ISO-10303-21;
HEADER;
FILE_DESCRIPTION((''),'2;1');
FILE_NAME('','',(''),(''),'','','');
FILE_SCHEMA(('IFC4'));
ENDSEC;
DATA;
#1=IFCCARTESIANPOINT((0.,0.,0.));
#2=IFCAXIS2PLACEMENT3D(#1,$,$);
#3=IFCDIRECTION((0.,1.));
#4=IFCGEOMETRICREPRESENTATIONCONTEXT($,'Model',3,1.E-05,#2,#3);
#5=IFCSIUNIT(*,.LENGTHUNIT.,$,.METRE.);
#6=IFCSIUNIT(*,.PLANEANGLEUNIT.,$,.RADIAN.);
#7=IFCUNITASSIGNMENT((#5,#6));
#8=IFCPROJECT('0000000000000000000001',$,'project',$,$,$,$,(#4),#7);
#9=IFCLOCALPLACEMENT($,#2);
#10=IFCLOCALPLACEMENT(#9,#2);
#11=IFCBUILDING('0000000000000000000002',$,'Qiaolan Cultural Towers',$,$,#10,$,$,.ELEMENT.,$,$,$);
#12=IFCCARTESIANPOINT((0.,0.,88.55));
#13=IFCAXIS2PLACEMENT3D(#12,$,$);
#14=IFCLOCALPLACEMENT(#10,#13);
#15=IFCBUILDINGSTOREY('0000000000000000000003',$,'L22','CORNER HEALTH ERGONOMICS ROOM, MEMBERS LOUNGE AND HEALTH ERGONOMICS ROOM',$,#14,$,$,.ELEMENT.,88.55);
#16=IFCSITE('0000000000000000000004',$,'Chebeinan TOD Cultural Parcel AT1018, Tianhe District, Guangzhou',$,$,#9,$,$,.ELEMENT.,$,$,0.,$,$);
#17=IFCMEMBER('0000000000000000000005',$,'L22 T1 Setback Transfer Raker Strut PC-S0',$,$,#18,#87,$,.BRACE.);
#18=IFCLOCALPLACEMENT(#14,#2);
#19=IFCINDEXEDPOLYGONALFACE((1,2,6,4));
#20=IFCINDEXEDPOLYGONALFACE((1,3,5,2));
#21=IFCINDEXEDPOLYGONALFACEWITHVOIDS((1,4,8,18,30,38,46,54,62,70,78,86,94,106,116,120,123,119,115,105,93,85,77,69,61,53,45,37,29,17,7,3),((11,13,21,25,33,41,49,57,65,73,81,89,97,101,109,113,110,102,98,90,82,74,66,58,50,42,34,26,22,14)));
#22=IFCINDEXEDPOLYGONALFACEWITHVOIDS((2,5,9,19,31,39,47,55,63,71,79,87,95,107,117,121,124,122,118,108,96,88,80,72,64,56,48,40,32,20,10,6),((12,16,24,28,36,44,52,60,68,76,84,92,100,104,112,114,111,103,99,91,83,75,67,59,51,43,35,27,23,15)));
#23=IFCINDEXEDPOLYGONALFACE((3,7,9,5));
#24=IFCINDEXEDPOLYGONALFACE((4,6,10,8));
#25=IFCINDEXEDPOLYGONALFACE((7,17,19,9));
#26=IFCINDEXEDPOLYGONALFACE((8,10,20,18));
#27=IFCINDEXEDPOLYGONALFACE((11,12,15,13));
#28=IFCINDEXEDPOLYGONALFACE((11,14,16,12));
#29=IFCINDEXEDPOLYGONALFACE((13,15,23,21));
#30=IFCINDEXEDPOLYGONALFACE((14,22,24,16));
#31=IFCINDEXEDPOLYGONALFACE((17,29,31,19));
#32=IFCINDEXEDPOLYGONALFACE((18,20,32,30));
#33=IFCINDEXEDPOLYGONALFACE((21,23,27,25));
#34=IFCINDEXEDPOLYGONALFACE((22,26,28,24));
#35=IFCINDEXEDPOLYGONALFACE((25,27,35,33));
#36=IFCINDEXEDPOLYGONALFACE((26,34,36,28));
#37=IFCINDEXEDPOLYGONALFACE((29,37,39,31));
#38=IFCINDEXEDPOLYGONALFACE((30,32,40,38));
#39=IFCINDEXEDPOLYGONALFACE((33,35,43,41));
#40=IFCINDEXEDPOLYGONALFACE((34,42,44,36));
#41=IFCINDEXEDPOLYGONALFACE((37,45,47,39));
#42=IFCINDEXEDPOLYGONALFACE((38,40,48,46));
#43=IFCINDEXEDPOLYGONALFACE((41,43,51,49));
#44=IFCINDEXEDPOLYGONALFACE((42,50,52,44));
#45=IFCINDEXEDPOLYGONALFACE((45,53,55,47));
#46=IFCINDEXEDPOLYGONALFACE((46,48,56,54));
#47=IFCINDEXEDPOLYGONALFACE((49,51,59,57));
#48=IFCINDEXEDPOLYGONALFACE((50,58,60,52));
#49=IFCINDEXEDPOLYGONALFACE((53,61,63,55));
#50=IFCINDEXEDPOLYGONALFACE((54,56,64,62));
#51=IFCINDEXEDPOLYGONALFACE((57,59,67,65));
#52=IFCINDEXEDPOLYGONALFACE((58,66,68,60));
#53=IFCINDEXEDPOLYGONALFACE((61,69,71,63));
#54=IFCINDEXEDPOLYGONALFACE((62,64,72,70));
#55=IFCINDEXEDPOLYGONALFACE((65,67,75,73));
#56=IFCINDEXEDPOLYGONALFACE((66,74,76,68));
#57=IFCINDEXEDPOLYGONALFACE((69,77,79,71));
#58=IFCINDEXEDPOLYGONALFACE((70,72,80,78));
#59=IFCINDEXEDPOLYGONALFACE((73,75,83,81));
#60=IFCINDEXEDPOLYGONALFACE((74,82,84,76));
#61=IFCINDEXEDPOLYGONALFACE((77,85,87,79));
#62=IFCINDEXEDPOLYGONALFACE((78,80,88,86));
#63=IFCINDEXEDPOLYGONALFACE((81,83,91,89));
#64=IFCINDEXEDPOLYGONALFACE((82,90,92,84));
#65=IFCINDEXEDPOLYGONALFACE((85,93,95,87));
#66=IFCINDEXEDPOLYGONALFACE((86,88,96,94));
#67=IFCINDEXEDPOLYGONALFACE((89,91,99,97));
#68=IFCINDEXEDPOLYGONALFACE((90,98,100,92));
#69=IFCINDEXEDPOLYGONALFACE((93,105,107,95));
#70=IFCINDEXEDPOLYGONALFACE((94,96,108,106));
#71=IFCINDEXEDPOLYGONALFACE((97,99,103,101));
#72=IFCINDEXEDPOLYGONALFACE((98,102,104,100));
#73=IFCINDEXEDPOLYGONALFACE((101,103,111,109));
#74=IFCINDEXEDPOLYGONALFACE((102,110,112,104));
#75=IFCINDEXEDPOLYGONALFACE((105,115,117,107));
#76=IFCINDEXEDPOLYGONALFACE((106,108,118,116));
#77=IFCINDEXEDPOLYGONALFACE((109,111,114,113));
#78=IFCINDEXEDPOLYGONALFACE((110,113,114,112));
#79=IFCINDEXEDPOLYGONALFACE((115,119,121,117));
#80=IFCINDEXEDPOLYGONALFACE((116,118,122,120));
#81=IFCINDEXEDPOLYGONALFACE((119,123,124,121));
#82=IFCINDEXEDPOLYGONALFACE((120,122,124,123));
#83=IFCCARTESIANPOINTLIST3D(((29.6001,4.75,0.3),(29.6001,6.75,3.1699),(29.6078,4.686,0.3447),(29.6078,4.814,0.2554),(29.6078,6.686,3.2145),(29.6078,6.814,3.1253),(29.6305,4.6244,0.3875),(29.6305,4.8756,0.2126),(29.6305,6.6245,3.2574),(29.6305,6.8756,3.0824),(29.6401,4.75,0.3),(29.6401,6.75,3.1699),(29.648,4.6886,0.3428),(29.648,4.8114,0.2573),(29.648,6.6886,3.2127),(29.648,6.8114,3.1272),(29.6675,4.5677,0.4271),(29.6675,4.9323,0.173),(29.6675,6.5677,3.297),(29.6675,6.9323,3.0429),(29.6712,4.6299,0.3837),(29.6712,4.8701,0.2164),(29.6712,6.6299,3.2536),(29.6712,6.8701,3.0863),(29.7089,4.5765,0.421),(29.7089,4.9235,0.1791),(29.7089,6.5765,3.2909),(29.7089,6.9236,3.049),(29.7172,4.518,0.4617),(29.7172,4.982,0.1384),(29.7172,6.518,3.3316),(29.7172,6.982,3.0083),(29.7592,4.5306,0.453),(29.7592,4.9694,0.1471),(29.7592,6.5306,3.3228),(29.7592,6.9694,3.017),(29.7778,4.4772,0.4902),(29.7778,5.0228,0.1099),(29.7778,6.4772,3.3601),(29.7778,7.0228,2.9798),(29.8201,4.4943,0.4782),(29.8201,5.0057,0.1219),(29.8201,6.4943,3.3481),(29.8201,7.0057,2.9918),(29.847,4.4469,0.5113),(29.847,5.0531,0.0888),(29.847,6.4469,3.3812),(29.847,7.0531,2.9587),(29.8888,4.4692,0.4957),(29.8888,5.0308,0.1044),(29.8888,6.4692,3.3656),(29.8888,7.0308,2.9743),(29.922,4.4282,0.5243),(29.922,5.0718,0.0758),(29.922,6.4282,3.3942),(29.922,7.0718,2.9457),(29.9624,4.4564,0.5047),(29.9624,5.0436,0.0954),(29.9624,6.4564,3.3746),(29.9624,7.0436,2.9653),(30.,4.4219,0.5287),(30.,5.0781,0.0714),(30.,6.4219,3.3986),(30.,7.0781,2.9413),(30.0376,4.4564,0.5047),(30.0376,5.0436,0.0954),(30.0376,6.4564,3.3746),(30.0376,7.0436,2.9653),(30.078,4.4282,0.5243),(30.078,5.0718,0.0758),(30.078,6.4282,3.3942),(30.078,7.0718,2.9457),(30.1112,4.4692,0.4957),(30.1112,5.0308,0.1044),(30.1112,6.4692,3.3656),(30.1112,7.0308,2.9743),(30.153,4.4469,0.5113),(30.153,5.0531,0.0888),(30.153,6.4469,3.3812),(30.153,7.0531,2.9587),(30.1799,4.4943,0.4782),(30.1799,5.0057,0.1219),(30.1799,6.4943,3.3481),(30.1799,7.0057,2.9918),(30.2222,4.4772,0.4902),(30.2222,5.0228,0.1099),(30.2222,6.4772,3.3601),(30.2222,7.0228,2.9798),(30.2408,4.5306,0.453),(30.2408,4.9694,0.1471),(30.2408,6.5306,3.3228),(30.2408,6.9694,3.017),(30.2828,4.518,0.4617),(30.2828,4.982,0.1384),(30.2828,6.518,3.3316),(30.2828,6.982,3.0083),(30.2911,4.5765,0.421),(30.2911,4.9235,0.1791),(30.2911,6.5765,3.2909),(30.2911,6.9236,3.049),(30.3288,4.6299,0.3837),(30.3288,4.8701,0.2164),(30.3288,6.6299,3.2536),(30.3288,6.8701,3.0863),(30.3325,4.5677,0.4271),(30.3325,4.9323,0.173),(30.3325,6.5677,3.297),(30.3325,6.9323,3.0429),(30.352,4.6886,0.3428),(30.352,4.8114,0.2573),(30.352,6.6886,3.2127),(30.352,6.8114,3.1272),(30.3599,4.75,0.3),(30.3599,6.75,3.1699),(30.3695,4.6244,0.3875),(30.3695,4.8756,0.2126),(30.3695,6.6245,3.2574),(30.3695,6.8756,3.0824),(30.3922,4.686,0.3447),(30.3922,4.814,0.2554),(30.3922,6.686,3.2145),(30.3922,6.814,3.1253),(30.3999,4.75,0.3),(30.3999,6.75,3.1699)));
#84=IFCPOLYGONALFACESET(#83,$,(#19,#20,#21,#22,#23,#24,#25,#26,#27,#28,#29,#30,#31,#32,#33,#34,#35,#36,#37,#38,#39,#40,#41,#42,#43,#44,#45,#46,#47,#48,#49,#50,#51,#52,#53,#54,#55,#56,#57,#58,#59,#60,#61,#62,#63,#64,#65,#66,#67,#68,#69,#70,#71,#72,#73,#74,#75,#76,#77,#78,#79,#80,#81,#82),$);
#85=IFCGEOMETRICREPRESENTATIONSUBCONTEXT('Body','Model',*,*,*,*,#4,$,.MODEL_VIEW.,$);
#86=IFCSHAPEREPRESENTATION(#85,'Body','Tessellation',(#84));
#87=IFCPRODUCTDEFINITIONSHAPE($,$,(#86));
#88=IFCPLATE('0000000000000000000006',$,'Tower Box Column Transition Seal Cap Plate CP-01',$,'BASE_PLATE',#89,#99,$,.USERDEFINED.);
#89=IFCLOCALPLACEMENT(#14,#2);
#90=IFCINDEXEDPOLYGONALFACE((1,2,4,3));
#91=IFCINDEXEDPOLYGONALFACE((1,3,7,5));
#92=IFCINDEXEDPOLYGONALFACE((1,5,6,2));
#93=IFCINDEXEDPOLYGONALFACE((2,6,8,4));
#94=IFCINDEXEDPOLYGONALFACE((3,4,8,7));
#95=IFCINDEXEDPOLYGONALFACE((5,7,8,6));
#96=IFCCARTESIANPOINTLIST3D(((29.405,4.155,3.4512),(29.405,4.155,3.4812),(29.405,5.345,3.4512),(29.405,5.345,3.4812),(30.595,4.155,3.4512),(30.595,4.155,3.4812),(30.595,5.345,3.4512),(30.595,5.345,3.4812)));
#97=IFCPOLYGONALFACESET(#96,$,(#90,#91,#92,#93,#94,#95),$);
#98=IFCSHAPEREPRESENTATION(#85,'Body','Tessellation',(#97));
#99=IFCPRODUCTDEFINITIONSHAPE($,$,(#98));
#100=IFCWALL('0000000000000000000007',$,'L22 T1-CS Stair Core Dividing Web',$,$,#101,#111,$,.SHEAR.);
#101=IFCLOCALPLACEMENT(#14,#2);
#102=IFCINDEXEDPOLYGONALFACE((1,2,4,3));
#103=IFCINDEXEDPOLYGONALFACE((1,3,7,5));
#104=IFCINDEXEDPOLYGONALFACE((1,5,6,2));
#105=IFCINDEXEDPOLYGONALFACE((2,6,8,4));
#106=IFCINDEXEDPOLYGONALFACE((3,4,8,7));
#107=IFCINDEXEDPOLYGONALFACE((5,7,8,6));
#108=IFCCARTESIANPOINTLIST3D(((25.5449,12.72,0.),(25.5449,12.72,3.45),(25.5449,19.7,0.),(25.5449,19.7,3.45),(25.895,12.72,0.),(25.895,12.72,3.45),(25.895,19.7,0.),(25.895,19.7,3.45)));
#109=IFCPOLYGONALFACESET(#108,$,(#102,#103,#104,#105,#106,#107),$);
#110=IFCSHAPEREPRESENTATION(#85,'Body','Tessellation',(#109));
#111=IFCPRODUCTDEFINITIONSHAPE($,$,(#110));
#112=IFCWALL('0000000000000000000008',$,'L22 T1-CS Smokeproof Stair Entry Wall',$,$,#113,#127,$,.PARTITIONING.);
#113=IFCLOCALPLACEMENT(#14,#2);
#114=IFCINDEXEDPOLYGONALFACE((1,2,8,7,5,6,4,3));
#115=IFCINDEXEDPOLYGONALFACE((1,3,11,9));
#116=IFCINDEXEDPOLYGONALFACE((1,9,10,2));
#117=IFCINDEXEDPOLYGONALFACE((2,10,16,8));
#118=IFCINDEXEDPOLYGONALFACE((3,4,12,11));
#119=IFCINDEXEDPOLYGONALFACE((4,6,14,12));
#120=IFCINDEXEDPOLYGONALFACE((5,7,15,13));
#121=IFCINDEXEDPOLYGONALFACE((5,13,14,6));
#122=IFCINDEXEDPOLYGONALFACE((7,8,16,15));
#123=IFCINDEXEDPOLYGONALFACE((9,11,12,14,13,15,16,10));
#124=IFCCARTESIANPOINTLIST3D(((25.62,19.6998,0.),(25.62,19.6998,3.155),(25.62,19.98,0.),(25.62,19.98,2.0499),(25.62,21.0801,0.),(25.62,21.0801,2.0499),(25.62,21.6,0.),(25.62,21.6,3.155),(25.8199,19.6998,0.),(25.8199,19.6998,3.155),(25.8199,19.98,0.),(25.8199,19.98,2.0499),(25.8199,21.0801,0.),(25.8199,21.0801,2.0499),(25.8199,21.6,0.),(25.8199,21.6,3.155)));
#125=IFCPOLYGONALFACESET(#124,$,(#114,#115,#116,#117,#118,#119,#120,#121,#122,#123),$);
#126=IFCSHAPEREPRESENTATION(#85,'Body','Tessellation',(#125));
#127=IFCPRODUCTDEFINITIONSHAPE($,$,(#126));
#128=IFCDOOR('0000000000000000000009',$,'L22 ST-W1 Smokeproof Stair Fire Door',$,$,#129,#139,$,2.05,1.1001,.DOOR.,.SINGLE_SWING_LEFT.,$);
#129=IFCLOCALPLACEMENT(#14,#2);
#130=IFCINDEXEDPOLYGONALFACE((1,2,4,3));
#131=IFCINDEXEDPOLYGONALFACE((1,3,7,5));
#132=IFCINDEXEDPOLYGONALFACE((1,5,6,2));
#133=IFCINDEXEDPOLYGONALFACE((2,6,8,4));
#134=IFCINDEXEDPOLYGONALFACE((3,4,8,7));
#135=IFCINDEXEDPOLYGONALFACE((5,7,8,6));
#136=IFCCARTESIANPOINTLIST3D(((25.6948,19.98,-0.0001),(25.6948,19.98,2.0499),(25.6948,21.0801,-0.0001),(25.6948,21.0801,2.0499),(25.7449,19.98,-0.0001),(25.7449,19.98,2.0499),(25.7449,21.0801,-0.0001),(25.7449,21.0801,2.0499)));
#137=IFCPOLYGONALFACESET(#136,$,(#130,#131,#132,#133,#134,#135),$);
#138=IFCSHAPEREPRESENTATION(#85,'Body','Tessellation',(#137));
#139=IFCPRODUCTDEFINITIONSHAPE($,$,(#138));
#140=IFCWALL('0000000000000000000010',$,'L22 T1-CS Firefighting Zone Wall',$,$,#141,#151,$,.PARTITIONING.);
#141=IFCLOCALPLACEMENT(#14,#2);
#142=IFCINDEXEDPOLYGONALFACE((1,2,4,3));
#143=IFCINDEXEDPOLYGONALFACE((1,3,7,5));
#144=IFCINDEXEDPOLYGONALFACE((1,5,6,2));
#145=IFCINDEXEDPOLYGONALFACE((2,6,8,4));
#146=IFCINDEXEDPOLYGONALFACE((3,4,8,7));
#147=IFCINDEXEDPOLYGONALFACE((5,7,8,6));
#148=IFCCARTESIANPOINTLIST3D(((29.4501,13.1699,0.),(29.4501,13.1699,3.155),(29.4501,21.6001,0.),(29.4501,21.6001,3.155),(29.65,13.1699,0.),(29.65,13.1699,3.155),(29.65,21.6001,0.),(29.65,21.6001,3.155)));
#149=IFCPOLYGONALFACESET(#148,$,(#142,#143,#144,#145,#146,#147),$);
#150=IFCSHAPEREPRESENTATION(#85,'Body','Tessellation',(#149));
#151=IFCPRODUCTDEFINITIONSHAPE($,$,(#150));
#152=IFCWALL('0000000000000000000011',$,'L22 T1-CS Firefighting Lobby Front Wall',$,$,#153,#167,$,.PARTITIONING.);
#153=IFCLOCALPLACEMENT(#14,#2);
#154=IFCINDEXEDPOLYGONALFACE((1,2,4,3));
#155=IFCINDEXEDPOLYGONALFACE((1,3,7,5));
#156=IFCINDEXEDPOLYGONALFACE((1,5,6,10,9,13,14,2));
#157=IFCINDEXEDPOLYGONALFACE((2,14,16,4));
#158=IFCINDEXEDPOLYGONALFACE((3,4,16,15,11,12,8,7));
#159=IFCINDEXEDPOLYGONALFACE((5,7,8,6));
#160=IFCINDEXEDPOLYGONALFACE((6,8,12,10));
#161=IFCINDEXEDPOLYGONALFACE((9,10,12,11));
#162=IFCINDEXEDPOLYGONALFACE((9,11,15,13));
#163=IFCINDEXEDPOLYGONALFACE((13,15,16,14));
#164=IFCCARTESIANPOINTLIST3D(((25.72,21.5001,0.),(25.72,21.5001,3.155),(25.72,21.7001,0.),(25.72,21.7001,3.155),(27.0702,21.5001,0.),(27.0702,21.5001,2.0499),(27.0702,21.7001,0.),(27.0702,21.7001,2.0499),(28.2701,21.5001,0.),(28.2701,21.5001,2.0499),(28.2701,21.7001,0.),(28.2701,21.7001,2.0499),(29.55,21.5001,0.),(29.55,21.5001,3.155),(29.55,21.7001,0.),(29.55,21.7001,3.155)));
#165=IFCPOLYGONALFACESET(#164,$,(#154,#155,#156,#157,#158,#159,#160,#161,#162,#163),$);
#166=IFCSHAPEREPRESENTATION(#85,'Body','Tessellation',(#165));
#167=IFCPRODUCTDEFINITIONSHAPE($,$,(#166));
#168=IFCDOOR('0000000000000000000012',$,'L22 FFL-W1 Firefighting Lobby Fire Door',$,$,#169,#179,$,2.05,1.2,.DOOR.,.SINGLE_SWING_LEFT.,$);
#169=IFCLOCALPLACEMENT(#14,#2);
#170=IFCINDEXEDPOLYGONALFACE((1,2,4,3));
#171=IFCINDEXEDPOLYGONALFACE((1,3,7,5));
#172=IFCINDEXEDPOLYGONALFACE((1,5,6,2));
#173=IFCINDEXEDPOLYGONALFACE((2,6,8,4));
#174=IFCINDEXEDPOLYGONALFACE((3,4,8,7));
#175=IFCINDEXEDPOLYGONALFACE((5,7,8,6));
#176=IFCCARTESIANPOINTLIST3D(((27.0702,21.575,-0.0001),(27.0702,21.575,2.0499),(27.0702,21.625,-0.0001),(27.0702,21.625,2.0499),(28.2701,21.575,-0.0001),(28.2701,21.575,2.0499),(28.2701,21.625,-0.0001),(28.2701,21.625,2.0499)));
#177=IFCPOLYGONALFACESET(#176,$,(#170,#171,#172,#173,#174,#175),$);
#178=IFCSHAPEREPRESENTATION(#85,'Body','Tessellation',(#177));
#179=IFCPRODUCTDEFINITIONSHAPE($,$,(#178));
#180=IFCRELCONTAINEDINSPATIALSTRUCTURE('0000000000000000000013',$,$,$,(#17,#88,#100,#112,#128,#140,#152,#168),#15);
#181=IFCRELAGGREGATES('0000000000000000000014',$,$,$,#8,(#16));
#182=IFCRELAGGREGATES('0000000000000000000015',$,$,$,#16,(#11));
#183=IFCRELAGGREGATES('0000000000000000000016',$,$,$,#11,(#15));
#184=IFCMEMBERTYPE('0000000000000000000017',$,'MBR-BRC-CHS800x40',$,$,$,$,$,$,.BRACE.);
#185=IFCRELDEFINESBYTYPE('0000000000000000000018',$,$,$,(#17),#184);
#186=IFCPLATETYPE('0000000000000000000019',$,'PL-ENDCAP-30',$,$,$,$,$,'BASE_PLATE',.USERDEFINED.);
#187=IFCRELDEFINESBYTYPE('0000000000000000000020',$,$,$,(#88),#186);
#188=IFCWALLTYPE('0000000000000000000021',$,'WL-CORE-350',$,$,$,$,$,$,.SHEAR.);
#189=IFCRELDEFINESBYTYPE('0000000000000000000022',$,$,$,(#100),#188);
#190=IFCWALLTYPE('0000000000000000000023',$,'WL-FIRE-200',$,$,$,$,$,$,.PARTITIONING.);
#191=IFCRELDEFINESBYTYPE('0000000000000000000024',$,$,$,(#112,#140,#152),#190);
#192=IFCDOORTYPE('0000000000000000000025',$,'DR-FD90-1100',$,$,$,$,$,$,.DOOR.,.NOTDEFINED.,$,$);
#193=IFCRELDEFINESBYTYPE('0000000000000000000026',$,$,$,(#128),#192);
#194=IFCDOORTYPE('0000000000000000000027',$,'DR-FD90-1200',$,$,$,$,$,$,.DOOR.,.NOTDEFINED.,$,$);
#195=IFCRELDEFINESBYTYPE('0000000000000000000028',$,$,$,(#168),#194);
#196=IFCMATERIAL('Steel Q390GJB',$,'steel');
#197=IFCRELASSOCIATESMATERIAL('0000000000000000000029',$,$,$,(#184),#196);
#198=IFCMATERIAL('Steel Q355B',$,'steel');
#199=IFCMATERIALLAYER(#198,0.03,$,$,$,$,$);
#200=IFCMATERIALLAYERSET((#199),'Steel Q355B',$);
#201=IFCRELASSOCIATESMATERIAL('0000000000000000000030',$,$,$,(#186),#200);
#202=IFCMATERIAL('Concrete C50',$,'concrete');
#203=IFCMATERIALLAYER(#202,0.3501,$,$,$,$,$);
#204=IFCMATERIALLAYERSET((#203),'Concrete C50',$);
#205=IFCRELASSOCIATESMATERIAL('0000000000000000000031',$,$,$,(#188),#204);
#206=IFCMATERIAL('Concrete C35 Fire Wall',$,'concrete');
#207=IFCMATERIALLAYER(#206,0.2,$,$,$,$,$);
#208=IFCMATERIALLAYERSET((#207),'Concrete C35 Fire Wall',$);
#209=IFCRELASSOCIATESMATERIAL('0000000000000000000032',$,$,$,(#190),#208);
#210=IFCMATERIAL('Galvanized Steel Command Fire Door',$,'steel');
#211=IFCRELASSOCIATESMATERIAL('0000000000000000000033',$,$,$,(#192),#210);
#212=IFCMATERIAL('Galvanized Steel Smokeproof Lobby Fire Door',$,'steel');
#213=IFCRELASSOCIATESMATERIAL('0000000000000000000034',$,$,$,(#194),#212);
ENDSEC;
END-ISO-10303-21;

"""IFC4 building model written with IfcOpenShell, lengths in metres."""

from ifc_helpers import new_model, si_unit, direction, frame, frame_2d, origin, origin_2d, place, context, subcontext, project, spatial, rectangle, hollow_circle, extrude, material, layer, layer_set, material_profile, profile_set, type_object, element, fill, save


model = new_model("IFC4")

# Units and contexts
model_context = context("Model", 3, precision=1e-05, world=origin(), true_north=direction((0.0, 1.0)))
body_context = subcontext(model_context, "Body", "Model", "MODEL_VIEW")
ifc_project = project(units=[si_unit("LENGTHUNIT", "METRE"), si_unit("PLANEANGLEUNIT", "RADIAN")], contexts=[model_context])

# Site, building, storey
site_placement = place(None, origin())
site = spatial("IfcSite", under=ifc_project, at=site_placement, Name="Chebeinan TOD Cultural Parcel AT1018, Tianhe District, Guangzhou", CompositionType="ELEMENT", RefElevation=0.0)
building_placement = place(site_placement, origin())
building = spatial("IfcBuilding", under=site, at=building_placement, Name="Qiaolan Cultural Towers", CompositionType="ELEMENT")
storey_placement = place(building_placement, frame((0.0, 0.0, 88.55)))
storey = spatial("IfcBuildingStorey", under=building, at=storey_placement, Name="L22", Description="CORNER HEALTH ERGONOMICS ROOM, MEMBERS LOUNGE AND HEALTH ERGONOMICS ROOM", CompositionType="ELEMENT", Elevation=88.55)

# Member
ifc_material_1 = material(Name="Steel Q390GJB", Category="steel")
ifc_material_profile_1 = material_profile(ifc_material_1, hollow_circle(Radius=0.3999, WallThickness=0.04, at=origin_2d()), Name="CHS800x40")
ifc_profile_set_1 = profile_set([ifc_material_profile_1], Name="Steel Q390GJB")
member_type = type_object("IfcMemberType", Name="MBR-BRC-CHS800x40", PredefinedType="BRACE", material=ifc_profile_set_1)
member_placement = place(storey_placement, frame((30.0, 4.75, 0.3), z_axis=(0.0, 0.571751, 0.820427), x_axis=(-1.0, 0.0, 0.0)))
element("IfcMember", 1, at=member_placement, inside=storey, type_object=member_type, Name="L22 T1 Setback Transfer Raker Strut PC-S0", PredefinedType="BRACE", context=body_context, shape_type="SweptSolid", body=[
    extrude(hollow_circle(Radius=0.3999, WallThickness=0.04, at=origin_2d()), origin(), (0.0, 0.0, 1.0), 3.498),
])

# Plate
ifc_material_2 = material(Name="Steel Q355B", Category="steel")
ifc_layer_1 = layer(ifc_material_2, 0.03)
ifc_layer_set_1 = layer_set([ifc_layer_1], Name="Steel Q355B")
plate_type = type_object("IfcPlateType", Name="PL-ENDCAP-30", ElementType="BASE_PLATE", PredefinedType="USERDEFINED", material=ifc_layer_set_1)
plate_placement = place(storey_placement, frame((30.0, 4.75, 3.4512), z_axis=(0.0, 0.0, 1.0), x_axis=(1.0, 0.0, 0.0)))
element("IfcPlate", 2, at=plate_placement, inside=storey, type_object=plate_type, Name="Tower Box Column Transition Seal Cap Plate CP-01", ObjectType="BASE_PLATE", PredefinedType="USERDEFINED", context=body_context, shape_type="SweptSolid", body=[
    extrude(rectangle(XDim=1.1899, YDim=1.1899, at=origin_2d()), origin(), (0.0, 0.0, 1.0), 0.03),
])

# Wall
ifc_material_3 = material(Name="Concrete C50", Category="concrete")
ifc_layer_2 = layer(ifc_material_3, 0.3501)
ifc_layer_set_2 = layer_set([ifc_layer_2], Name="Concrete C50")
wall_type_1 = type_object("IfcWallType", Name="WL-CORE-350", PredefinedType="SHEAR", material=ifc_layer_set_2)
wall_1_placement = place(storey_placement, frame((25.72, 19.7, 0.0), z_axis=(0.0, 0.0, 1.0), x_axis=(0.0, -1.0, 0.0)))
element("IfcWall", 3, at=wall_1_placement, inside=storey, type_object=wall_type_1, Name="L22 T1-CS Stair Core Dividing Web", PredefinedType="SHEAR", context=body_context, shape_type="SweptSolid", body=[
    extrude(rectangle(XDim=6.98, YDim=0.3501, at=frame_2d((3.49, 0.0))), origin(), (0.0, 0.0, 1.0), 3.45),
])

# Wall, opening, door
ifc_material_4 = material(Name="Concrete C35 Fire Wall", Category="concrete")
ifc_layer_3 = layer(ifc_material_4, 0.2)
ifc_layer_set_3 = layer_set([ifc_layer_3], Name="Concrete C35 Fire Wall")
wall_type_2 = type_object("IfcWallType", Name="WL-FIRE-200", PredefinedType="PARTITIONING", material=ifc_layer_set_3)
wall_2_placement = place(storey_placement, frame((25.72, 21.6001, 0.0), z_axis=(0.0, 0.0, 1.0), x_axis=(0.0, -1.0, 0.0)))
wall_2 = element("IfcWall", 4, at=wall_2_placement, inside=storey, type_object=wall_type_2, Name="L22 T1-CS Smokeproof Stair Entry Wall", PredefinedType="PARTITIONING", context=body_context, shape_type="SweptSolid", body=[
    extrude(rectangle(XDim=1.9001, YDim=0.2, at=frame_2d((0.9502, 0.0))), origin(), (0.0, 0.0, 1.0), 3.155),
])
opening_1_placement = place(wall_2_placement, frame((0.52, 0.0, 0.0)))
opening_1 = element("IfcOpeningElement", 5, at=opening_1_placement, cuts=wall_2, PredefinedType="OPENING", context=body_context, shape_type="SweptSolid", body=[
    extrude(rectangle(XDim=1.1001, YDim=2.05, at=frame_2d((0.55, 1.0249))), frame((0.0, 0.1099, 0.0), z_axis=(0.0, -1.0, 0.0), x_axis=(1.0, 0.0, 0.0)), (0.0, 0.0, 1.0), 0.22),
])
ifc_material_5 = material(Name="Galvanized Steel Command Fire Door", Category="steel")
door_type_1 = type_object("IfcDoorType", Name="DR-FD90-1100", OperationType="NOTDEFINED", PredefinedType="DOOR", material=ifc_material_5)
door_1_placement = place(opening_1_placement, origin())
door_1 = element("IfcDoor", 6, at=door_1_placement, inside=storey, type_object=door_type_1, Name="L22 ST-W1 Smokeproof Stair Fire Door", OperationType="SINGLE_SWING_LEFT", OverallHeight=2.05, OverallWidth=1.1001, PredefinedType="DOOR", context=body_context, shape_type="SweptSolid", body=[
    extrude(rectangle(XDim=1.1001, YDim=2.05, at=frame_2d((0.55, 1.0249))), frame((0.0, 0.0249, 0.0), z_axis=(0.0, -1.0, 0.0), x_axis=(1.0, 0.0, 0.0)), (0.0, 0.0, 1.0), 0.05),
])
fill(opening_1, door_1)

# Wall
wall_3_placement = place(storey_placement, frame((29.55, 21.6001, 0.0), z_axis=(0.0, 0.0, 1.0), x_axis=(0.0, -1.0, 0.0)))
element("IfcWall", 7, at=wall_3_placement, inside=storey, type_object=wall_type_2, Name="L22 T1-CS Firefighting Zone Wall", PredefinedType="PARTITIONING", context=body_context, shape_type="SweptSolid", body=[
    extrude(rectangle(XDim=8.4302, YDim=0.2, at=frame_2d((4.2151, 0.0))), origin(), (0.0, 0.0, 1.0), 3.155),
])

# Wall, opening, door
wall_4_placement = place(storey_placement, frame((25.72, 21.6001, 0.0), z_axis=(0.0, 0.0, 1.0), x_axis=(1.0, 0.0, 0.0)))
wall_4 = element("IfcWall", 8, at=wall_4_placement, inside=storey, type_object=wall_type_2, Name="L22 T1-CS Firefighting Lobby Front Wall", PredefinedType="PARTITIONING", context=body_context, shape_type="SweptSolid", body=[
    extrude(rectangle(XDim=3.8301, YDim=0.2, at=frame_2d((1.915, 0.0))), origin(), (0.0, 0.0, 1.0), 3.155),
])
opening_2_placement = place(wall_4_placement, frame((1.3501, 0.0, 0.0)))
opening_2 = element("IfcOpeningElement", 9, at=opening_2_placement, cuts=wall_4, PredefinedType="OPENING", context=body_context, shape_type="SweptSolid", body=[
    extrude(rectangle(XDim=1.2, YDim=2.05, at=frame_2d((0.6001, 1.0249))), frame((0.0, 0.1099, 0.0), z_axis=(0.0, -1.0, 0.0), x_axis=(1.0, 0.0, 0.0)), (0.0, 0.0, 1.0), 0.22),
])
ifc_material_6 = material(Name="Galvanized Steel Smokeproof Lobby Fire Door", Category="steel")
door_type_2 = type_object("IfcDoorType", Name="DR-FD90-1200", OperationType="NOTDEFINED", PredefinedType="DOOR", material=ifc_material_6)
door_2_placement = place(opening_2_placement, origin())
door_2 = element("IfcDoor", 10, at=door_2_placement, inside=storey, type_object=door_type_2, Name="L22 FFL-W1 Firefighting Lobby Fire Door", OperationType="SINGLE_SWING_LEFT", OverallHeight=2.05, OverallWidth=1.2, PredefinedType="DOOR", context=body_context, shape_type="SweptSolid", body=[
    extrude(rectangle(XDim=1.2, YDim=2.05, at=frame_2d((0.6001, 1.0249))), frame((0.0, 0.0249, 0.0), z_axis=(0.0, -1.0, 0.0), x_axis=(1.0, 0.0, 0.0)), (0.0, 0.0, 1.0), 0.05),
])
fill(opening_2, door_2)

save(model, "model.ifc")
